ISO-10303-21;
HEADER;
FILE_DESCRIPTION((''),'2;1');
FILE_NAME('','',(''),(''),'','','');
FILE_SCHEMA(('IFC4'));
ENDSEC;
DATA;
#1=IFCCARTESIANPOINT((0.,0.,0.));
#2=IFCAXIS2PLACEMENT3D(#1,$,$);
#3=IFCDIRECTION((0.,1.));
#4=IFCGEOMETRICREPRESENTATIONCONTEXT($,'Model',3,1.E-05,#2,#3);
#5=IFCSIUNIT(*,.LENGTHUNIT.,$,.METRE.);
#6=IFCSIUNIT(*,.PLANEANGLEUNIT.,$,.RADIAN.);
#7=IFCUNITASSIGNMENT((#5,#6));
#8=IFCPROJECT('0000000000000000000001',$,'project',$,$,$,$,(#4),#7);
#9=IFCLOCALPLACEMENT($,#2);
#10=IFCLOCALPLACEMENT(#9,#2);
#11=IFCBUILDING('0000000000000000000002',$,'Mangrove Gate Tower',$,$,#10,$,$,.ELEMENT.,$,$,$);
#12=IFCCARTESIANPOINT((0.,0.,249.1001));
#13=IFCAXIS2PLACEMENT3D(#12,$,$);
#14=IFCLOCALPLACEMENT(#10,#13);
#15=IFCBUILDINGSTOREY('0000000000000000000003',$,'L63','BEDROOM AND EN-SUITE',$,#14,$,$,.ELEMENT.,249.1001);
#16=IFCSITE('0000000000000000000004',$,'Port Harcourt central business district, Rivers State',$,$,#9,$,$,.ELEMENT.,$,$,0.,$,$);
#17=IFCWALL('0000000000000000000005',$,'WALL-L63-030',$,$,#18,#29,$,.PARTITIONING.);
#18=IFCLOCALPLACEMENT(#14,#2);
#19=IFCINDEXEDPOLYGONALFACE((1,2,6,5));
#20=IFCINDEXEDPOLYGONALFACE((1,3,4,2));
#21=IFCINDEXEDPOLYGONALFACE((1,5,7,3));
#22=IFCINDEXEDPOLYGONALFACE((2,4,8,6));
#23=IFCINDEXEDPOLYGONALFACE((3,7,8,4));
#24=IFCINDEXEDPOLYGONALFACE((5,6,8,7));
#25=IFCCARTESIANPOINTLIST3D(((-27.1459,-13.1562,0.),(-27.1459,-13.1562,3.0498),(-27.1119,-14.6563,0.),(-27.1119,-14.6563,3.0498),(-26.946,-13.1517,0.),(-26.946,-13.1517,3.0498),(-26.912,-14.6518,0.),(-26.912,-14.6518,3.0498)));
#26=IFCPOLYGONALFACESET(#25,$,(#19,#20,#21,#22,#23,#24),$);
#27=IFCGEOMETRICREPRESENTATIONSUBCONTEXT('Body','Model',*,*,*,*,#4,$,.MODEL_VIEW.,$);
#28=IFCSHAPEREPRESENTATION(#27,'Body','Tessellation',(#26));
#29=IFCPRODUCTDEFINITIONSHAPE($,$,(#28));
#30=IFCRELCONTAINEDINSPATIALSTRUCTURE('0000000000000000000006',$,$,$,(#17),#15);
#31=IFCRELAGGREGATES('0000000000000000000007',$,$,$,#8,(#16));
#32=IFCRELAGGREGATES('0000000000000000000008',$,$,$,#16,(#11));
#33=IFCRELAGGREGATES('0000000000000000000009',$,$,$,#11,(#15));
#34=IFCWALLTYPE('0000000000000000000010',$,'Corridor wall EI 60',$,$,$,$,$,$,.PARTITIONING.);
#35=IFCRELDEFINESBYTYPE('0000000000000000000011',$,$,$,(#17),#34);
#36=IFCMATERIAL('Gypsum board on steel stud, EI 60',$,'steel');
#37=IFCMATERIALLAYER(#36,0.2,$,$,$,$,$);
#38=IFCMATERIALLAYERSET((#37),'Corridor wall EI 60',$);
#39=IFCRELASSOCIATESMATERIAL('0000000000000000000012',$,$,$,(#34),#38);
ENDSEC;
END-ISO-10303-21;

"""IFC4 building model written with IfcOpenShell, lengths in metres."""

from ifc_helpers import new_model, si_unit, direction, frame, frame_2d, origin, place, context, subcontext, project, spatial, rectangle, extrude, material, layer, layer_set, type_object, element, save


model = new_model("IFC4")

# Units and contexts
model_context = context("Model", 3, precision=1e-05, world=origin(), true_north=direction((0.0, 1.0)))
body_context = subcontext(model_context, "Body", "Model", "MODEL_VIEW")
ifc_project = project(units=[si_unit("LENGTHUNIT", "METRE"), si_unit("PLANEANGLEUNIT", "RADIAN")], contexts=[model_context])

# Site, building, storey
site_placement = place(None, origin())
site = spatial("IfcSite", under=ifc_project, at=site_placement, Name="Port Harcourt central business district, Rivers State", CompositionType="ELEMENT", RefElevation=0.0)
building_placement = place(site_placement, origin())
building = spatial("IfcBuilding", under=site, at=building_placement, Name="Mangrove Gate Tower", CompositionType="ELEMENT")
storey_placement = place(building_placement, frame((0.0, 0.0, 249.1001)))
storey = spatial("IfcBuildingStorey", under=building, at=storey_placement, Name="L63", Description="BEDROOM AND EN-SUITE", CompositionType="ELEMENT", Elevation=249.1001)

# Wall
ifc_material_1 = material(Name="Gypsum board on steel stud, EI 60", Category="steel")
ifc_layer = layer(ifc_material_1, 0.2)
ifc_layer_set = layer_set([ifc_layer], Name="Corridor wall EI 60")
wall_type = type_object("IfcWallType", Name="Corridor wall EI 60", PredefinedType="PARTITIONING", material=ifc_layer_set)
wall_1_placement = place(storey_placement, frame((-27.012, -14.6541, 0.0), z_axis=(0.0, 0.0, 1.0), x_axis=(-0.022618, 0.999744, 0.0)))
element("IfcWall", 1, at=wall_1_placement, inside=storey, type_object=wall_type, Name="WALL-L63-030", PredefinedType="PARTITIONING", context=body_context, shape_type="SweptSolid", body=[
    extrude(rectangle(XDim=1.5005, YDim=0.2, at=frame_2d((0.7502, 0.0))), origin(), (0.0, 0.0, 1.0), 3.0498),
])

save(model, "model.ifc")
